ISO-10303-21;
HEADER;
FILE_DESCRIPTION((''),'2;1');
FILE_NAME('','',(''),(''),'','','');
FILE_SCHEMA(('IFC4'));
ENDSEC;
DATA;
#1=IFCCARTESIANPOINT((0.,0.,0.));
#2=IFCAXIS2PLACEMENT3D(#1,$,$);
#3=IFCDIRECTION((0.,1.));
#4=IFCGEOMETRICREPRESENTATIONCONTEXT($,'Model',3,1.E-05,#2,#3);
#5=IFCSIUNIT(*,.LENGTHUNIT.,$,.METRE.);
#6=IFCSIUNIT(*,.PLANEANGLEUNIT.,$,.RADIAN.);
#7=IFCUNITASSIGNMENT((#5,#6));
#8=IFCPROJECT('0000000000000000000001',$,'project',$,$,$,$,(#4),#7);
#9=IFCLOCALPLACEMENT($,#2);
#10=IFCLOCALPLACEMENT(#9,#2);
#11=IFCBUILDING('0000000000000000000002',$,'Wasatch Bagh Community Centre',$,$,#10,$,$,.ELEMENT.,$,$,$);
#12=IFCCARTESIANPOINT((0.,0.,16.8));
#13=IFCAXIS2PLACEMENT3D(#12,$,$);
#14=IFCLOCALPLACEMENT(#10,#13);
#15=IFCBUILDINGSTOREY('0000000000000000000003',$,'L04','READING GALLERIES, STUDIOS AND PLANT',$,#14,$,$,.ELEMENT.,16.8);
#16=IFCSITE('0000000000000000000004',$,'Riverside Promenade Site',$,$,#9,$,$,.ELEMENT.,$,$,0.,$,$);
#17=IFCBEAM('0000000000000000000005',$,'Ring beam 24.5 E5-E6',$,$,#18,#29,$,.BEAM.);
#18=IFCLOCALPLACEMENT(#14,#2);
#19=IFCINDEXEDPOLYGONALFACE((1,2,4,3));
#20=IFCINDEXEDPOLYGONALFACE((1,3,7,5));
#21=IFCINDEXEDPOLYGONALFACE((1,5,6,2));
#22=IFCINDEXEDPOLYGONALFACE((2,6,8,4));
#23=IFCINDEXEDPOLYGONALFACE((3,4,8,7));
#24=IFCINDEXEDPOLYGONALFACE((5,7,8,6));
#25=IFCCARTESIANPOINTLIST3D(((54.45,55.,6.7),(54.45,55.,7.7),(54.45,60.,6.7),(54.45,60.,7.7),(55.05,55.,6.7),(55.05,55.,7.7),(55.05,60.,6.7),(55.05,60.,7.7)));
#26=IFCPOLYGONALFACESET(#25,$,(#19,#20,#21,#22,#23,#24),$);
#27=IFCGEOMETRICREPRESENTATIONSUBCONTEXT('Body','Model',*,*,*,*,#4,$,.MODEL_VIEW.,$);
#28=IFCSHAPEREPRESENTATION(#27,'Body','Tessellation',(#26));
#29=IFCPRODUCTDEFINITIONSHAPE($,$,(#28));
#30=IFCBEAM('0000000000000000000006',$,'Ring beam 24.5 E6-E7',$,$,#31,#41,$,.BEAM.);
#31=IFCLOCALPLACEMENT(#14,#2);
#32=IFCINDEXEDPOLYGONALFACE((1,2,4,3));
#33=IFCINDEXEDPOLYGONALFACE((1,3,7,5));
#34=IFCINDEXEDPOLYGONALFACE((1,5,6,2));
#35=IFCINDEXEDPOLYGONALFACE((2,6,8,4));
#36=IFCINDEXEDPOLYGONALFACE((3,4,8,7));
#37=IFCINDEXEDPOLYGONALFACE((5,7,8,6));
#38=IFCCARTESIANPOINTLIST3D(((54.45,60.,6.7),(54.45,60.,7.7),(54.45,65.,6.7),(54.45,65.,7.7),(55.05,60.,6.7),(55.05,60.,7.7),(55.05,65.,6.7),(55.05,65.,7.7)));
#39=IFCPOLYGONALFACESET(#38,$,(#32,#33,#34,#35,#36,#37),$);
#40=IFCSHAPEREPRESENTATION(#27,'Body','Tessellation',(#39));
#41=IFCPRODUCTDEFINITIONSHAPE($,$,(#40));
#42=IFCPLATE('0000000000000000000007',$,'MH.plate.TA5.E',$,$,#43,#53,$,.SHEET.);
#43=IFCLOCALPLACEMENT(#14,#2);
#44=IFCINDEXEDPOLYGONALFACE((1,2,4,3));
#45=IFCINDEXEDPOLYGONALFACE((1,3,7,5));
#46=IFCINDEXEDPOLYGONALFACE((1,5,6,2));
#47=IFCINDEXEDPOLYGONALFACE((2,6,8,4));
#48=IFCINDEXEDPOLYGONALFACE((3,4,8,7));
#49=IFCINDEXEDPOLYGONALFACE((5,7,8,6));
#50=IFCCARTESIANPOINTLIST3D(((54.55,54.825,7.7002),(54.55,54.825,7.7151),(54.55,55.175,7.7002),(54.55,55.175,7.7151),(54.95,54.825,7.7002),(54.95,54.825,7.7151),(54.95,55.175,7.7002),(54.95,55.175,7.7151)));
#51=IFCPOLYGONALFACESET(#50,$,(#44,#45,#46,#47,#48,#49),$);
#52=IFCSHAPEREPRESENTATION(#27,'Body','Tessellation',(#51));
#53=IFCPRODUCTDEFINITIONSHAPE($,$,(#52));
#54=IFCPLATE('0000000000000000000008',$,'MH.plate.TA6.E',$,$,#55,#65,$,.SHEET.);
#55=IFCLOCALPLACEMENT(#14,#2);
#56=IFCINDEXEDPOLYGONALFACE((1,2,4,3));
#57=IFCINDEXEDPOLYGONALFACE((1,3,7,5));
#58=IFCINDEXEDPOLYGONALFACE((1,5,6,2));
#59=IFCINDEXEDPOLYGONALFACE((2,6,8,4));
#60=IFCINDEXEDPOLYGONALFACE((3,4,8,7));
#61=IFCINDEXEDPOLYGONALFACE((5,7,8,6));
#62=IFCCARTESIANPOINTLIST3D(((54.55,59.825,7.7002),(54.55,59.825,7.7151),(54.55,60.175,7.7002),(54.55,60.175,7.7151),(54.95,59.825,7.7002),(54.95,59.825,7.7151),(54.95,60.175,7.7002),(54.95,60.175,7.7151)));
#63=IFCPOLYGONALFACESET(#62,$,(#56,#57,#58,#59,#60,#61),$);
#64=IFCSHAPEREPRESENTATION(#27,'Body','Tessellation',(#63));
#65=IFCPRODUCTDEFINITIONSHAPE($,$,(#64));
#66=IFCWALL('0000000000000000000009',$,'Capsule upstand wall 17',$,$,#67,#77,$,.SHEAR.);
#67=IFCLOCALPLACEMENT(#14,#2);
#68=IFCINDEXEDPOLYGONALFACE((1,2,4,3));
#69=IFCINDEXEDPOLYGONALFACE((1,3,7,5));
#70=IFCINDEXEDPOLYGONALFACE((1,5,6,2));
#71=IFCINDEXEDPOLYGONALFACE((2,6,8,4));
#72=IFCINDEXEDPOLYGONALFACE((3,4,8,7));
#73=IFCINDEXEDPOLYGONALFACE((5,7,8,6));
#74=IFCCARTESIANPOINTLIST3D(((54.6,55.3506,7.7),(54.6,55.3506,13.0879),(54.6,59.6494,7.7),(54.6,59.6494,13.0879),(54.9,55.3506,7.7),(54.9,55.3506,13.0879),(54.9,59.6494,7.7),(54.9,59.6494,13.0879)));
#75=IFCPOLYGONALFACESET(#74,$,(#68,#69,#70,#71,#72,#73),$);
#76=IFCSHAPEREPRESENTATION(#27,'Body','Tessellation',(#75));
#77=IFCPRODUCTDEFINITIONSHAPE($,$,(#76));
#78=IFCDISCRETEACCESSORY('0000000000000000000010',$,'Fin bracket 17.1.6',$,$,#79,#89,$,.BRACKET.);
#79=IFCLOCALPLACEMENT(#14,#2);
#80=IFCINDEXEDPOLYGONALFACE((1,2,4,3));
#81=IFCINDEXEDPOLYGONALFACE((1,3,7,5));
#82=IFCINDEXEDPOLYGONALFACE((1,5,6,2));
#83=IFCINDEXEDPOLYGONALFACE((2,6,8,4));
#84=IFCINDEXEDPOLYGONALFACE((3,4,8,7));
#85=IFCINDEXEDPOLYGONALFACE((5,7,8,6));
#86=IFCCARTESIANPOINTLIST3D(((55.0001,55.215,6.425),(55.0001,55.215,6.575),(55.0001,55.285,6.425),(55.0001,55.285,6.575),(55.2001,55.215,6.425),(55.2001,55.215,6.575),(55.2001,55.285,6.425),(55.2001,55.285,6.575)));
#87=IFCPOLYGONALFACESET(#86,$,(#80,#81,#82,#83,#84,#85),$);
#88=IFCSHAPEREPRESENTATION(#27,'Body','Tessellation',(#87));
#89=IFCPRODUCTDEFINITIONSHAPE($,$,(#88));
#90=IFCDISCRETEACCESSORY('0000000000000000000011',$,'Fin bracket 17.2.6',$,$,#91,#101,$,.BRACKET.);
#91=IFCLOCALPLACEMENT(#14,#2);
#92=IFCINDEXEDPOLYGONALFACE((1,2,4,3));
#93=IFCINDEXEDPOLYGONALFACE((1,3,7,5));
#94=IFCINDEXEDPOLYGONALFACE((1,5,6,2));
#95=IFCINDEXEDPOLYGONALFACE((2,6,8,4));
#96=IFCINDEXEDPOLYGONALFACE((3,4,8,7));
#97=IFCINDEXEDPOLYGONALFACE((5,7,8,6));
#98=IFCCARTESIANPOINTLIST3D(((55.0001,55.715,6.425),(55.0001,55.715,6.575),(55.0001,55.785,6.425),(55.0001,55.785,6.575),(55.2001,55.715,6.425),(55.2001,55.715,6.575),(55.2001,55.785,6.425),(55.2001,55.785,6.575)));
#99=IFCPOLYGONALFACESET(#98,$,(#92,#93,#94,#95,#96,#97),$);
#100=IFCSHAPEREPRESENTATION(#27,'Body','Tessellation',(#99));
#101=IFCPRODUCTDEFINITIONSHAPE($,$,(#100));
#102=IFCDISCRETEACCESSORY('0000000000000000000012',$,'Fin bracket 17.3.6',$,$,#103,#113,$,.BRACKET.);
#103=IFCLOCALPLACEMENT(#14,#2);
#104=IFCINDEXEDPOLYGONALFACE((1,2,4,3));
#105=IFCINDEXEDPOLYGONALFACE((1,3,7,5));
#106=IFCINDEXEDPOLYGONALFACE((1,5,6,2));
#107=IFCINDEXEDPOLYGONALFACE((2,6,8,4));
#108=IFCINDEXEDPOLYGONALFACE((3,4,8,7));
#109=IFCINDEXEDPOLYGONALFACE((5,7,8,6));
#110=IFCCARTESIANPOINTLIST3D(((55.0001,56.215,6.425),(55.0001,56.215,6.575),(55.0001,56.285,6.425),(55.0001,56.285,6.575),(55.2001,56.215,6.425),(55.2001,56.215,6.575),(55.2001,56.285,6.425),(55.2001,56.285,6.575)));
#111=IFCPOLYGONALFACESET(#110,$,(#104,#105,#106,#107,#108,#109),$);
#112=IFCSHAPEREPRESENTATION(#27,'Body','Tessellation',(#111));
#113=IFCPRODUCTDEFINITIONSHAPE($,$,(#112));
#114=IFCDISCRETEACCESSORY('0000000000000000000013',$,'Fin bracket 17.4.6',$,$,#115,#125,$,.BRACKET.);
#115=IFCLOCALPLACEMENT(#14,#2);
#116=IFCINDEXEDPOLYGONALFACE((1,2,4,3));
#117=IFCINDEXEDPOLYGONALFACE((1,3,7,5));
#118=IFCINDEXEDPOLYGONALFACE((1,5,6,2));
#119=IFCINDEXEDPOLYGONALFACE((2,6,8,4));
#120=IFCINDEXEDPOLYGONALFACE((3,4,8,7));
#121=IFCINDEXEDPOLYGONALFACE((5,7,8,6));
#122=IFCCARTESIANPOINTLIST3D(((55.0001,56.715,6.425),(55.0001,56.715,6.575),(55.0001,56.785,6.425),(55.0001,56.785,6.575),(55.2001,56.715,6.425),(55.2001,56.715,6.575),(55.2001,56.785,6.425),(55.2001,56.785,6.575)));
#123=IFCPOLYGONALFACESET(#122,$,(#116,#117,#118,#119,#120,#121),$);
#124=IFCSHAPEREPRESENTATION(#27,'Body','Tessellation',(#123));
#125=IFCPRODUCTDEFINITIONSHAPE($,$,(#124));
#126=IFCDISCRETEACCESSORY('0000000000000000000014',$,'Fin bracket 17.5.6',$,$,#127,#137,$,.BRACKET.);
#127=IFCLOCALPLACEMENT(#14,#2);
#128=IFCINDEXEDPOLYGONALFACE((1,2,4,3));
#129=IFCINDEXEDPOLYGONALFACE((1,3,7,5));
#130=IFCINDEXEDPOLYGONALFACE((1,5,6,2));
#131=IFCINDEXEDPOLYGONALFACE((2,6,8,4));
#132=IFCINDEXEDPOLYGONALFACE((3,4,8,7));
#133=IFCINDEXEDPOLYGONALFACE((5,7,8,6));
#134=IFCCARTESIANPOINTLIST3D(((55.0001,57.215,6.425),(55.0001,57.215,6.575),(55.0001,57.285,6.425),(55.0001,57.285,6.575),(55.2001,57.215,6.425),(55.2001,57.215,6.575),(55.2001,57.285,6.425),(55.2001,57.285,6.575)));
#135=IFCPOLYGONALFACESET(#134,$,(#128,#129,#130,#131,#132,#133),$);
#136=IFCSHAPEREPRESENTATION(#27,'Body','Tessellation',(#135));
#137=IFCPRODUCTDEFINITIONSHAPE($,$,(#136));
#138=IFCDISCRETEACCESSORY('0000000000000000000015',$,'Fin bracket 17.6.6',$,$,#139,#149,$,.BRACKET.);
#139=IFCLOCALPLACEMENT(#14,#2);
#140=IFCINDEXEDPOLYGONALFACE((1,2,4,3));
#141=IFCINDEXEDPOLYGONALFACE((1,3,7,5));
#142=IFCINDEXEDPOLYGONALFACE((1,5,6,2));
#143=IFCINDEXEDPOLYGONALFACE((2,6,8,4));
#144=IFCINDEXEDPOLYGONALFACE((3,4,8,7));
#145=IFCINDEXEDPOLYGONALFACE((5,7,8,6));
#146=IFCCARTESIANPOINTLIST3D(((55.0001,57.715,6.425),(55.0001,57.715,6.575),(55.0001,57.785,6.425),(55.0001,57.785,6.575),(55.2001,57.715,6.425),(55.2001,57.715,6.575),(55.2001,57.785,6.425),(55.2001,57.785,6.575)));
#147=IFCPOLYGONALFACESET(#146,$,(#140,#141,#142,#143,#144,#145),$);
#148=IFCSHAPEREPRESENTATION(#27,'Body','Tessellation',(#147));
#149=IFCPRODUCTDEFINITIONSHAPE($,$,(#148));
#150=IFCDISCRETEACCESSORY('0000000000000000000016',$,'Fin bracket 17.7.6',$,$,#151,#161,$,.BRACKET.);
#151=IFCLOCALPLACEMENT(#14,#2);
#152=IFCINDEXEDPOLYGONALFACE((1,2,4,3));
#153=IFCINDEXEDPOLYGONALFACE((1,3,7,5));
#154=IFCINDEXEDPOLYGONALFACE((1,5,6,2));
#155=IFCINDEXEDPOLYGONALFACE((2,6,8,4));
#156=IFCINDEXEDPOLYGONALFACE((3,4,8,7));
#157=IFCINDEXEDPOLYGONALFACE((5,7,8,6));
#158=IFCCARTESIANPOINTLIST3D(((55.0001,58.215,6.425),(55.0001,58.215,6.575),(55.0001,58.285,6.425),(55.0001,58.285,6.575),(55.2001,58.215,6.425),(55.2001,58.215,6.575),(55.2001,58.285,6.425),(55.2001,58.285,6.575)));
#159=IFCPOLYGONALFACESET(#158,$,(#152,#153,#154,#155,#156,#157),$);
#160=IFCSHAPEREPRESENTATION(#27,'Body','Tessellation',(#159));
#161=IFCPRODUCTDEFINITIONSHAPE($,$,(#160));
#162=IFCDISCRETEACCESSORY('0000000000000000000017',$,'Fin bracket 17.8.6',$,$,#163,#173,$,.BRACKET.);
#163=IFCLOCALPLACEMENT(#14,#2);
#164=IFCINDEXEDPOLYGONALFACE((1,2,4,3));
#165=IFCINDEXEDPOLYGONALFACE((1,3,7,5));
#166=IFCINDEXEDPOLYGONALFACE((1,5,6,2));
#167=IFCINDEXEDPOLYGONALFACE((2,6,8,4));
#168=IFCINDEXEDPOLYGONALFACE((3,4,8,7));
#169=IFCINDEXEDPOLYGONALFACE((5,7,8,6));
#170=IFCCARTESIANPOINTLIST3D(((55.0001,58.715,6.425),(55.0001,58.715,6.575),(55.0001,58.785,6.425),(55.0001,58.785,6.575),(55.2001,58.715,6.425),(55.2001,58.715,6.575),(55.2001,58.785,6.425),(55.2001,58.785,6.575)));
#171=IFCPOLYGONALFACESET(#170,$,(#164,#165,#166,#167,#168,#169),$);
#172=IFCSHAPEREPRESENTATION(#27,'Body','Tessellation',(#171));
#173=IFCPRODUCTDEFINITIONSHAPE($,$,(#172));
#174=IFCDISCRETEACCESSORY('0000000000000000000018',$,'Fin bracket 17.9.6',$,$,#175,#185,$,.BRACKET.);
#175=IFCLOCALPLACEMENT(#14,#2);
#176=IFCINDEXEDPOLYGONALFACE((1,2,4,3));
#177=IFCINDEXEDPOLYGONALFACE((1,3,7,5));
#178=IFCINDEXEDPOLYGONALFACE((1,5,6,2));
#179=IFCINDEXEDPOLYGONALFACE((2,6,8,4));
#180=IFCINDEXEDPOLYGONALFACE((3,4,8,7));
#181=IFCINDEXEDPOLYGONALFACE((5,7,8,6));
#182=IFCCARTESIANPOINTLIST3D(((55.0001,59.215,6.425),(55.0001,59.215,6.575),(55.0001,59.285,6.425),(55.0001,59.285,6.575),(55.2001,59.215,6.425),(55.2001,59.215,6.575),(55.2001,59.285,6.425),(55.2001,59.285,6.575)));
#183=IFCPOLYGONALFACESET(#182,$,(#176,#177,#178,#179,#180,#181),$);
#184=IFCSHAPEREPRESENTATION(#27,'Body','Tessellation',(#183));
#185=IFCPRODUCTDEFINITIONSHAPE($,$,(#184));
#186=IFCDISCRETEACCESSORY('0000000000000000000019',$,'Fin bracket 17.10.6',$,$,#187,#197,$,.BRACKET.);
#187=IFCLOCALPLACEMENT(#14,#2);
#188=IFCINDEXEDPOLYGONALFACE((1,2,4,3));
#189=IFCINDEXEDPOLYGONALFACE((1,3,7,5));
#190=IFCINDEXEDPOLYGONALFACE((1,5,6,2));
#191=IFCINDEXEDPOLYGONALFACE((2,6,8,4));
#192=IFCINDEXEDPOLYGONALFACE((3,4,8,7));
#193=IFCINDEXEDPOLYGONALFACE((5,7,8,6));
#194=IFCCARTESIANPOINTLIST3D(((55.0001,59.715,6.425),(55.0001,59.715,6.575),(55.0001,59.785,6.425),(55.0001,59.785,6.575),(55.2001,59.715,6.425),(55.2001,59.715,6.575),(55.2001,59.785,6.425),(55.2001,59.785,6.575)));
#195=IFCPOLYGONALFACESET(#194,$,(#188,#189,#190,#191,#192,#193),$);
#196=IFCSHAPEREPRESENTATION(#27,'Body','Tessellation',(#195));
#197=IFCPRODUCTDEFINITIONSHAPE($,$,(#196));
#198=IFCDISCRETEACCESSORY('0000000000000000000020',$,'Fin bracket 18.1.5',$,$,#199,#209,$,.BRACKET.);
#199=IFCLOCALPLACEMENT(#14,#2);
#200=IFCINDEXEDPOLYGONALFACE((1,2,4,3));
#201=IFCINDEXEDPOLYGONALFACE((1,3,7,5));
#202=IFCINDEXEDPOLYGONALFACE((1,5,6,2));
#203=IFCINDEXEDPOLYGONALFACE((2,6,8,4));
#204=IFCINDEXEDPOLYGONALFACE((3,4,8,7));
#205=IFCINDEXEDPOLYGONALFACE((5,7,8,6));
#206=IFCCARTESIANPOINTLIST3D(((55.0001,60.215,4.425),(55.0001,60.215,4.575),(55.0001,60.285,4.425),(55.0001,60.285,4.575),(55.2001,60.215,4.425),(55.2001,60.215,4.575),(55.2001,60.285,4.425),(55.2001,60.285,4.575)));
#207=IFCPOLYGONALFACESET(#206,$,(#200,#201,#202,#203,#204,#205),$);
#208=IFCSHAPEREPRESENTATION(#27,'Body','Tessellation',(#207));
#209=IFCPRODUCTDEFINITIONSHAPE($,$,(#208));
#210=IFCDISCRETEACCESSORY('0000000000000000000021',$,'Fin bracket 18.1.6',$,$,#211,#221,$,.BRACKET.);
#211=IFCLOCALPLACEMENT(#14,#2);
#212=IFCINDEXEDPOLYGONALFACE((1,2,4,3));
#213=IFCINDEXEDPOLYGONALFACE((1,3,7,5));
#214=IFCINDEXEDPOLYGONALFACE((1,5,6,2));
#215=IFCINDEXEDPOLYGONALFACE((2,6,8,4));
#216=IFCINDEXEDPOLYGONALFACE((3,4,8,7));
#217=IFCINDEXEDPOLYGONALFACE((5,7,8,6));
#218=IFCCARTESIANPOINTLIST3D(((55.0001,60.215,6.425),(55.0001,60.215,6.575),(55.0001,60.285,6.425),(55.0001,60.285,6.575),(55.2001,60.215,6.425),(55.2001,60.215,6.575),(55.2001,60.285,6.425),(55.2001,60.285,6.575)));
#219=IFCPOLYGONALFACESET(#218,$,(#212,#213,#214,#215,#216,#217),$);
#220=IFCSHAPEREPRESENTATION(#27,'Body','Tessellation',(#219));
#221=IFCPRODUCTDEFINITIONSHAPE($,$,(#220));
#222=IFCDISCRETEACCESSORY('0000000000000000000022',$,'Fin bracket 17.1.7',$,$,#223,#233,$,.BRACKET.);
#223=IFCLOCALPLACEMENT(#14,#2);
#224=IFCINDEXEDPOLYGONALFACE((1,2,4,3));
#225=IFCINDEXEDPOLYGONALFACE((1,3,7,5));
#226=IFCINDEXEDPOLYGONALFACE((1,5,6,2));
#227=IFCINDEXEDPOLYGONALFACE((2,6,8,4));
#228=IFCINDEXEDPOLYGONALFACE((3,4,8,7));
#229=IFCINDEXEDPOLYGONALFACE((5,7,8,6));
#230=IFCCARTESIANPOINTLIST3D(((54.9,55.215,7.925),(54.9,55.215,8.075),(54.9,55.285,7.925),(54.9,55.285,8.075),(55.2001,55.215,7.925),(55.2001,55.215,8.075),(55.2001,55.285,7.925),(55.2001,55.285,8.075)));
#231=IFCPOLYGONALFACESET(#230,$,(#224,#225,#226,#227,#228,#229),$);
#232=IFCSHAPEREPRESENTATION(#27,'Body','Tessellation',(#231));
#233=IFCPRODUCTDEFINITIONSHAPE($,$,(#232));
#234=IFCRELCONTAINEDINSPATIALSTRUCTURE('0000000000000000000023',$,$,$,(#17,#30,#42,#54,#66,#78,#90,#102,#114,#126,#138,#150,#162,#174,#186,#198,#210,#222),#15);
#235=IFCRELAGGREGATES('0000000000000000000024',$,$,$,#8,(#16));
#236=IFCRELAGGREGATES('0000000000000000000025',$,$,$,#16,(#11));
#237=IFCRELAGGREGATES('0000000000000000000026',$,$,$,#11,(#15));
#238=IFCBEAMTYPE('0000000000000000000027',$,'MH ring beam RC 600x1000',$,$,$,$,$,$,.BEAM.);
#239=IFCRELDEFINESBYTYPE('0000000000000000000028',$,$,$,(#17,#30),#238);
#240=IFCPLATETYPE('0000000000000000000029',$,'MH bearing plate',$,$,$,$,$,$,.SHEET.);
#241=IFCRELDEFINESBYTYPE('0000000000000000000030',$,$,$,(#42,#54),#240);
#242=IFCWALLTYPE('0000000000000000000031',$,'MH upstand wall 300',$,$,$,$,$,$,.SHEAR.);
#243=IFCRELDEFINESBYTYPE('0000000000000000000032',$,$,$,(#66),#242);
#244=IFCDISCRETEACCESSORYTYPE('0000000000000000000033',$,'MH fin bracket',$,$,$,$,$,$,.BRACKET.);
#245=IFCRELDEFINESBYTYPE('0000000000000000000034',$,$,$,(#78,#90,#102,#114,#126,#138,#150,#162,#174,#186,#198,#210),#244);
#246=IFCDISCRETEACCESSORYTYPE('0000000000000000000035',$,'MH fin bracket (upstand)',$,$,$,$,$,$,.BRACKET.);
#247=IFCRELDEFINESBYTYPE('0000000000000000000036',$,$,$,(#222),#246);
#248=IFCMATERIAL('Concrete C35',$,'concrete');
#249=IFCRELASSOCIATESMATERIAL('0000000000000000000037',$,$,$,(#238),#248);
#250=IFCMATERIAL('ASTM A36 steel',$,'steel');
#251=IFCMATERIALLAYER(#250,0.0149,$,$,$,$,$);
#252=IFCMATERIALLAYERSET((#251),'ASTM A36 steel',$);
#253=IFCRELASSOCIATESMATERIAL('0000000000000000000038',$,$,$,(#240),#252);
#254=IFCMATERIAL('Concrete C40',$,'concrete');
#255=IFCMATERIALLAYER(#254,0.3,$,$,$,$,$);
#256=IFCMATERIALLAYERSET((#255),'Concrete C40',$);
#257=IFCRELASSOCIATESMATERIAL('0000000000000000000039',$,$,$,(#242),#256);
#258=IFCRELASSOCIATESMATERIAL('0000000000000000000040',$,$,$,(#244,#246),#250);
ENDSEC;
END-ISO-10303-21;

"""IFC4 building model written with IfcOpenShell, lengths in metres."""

from ifc_helpers import new_model, si_unit, direction, frame, frame_2d, origin, origin_2d, place, context, subcontext, project, spatial, rectangle, extrude, material, layer, layer_set, material_profile, profile_set, type_object, element, save


model = new_model("IFC4")

# Units and contexts
model_context = context("Model", 3, precision=1e-05, world=origin(), true_north=direction((0.0, 1.0)))
body_context = subcontext(model_context, "Body", "Model", "MODEL_VIEW")
ifc_project = project(units=[si_unit("LENGTHUNIT", "METRE"), si_unit("PLANEANGLEUNIT", "RADIAN")], contexts=[model_context])

# Site, building, storey
site_placement = place(None, origin())
site = spatial("IfcSite", under=ifc_project, at=site_placement, Name="Riverside Promenade Site", CompositionType="ELEMENT", RefElevation=0.0)
building_placement = place(site_placement, origin())
building = spatial("IfcBuilding", under=site, at=building_placement, Name="Wasatch Bagh Community Centre", CompositionType="ELEMENT")
storey_placement = place(building_placement, frame((0.0, 0.0, 16.8)))
storey = spatial("IfcBuildingStorey", under=building, at=storey_placement, Name="L04", Description="READING GALLERIES, STUDIOS AND PLANT", CompositionType="ELEMENT", Elevation=16.8)

# Beams
ifc_material_1 = material(Name="Concrete C35", Category="concrete")
ifc_material_profile = material_profile(ifc_material_1, rectangle(XDim=0.6001, YDim=1.0, at=origin_2d()), Name="RC 600x1000")
ifc_profile_set = profile_set([ifc_material_profile], Name="Concrete C35")
beam_type = type_object("IfcBeamType", Name="MH ring beam RC 600x1000", PredefinedType="BEAM", material=ifc_profile_set)
for number, where, z_axis, x_axis, name in (
    (1, (54.75, 55.0, 7.2), (0.0, 1.0, 0.0), (-1.0, 0.0, 0.0), "Ring beam 24.5 E5-E6"),
    (2, (54.75, 60.0, 7.2), (0.0, 1.0, 0.0), (-1.0, 0.0, 0.0), "Ring beam 24.5 E6-E7"),
):
    element("IfcBeam", number, at=place(storey_placement, frame(where, z_axis=z_axis, x_axis=x_axis)), inside=storey, type_object=beam_type, Name=name, PredefinedType="BEAM", context=body_context, shape_type="SweptSolid", body=[
        extrude(rectangle(XDim=0.6001, YDim=1.0, at=origin_2d()), origin(), (0.0, 0.0, 1.0), 5.0),
    ])

# Plates
ifc_material_2 = material(Name="ASTM A36 steel", Category="steel")
ifc_layer_1 = layer(ifc_material_2, 0.0149)
ifc_layer_set_1 = layer_set([ifc_layer_1], Name="ASTM A36 steel")
plate_type = type_object("IfcPlateType", Name="MH bearing plate", PredefinedType="SHEET", material=ifc_layer_set_1)
for number, where, z_axis, x_axis, name in (
    (3, (54.75, 55.0, 7.7002), (0.0, 0.0, 1.0), (1.0, 0.0, 0.0), "MH.plate.TA5.E"),
    (4, (54.75, 60.0, 7.7002), (0.0, 0.0, 1.0), (1.0, 0.0, 0.0), "MH.plate.TA6.E"),
):
    element("IfcPlate", number, at=place(storey_placement, frame(where, z_axis=z_axis, x_axis=x_axis)), inside=storey, type_object=plate_type, Name=name, PredefinedType="SHEET", context=body_context, shape_type="SweptSolid", body=[
        extrude(rectangle(XDim=0.3999, YDim=0.3501, at=origin_2d()), origin(), (0.0, 0.0, 1.0), 0.0149),
    ])

# Wall
ifc_material_3 = material(Name="Concrete C40", Category="concrete")
ifc_layer_2 = layer(ifc_material_3, 0.3)
ifc_layer_set_2 = layer_set([ifc_layer_2], Name="Concrete C40")
wall_type = type_object("IfcWallType", Name="MH upstand wall 300", PredefinedType="SHEAR", material=ifc_layer_set_2)
wall_placement = place(storey_placement, frame((54.75, 55.3506, 7.7), z_axis=(0.0, 0.0, 1.0), x_axis=(0.0, 1.0, 0.0)))
element("IfcWall", 5, at=wall_placement, inside=storey, type_object=wall_type, Name="Capsule upstand wall 17", PredefinedType="SHEAR", context=body_context, shape_type="SweptSolid", body=[
    extrude(rectangle(XDim=4.2988, YDim=0.3, at=frame_2d((2.1494, 0.0))), origin(), (0.0, 0.0, 1.0), 5.3879),
])

# Discrete accessories
discrete_accessory_type_1 = type_object("IfcDiscreteAccessoryType", Name="MH fin bracket", PredefinedType="BRACKET", material=ifc_material_2)
for number, where, z_axis, x_axis, name in (
    (6, (55.1001, 55.25, 6.425), (0.0, 0.0, 1.0), (0.0, 1.0, 0.0), "Fin bracket 17.1.6"),
    (7, (55.1001, 55.75, 6.425), (0.0, 0.0, 1.0), (0.0, 1.0, 0.0), "Fin bracket 17.2.6"),
    (8, (55.1001, 56.25, 6.425), (0.0, 0.0, 1.0), (0.0, 1.0, 0.0), "Fin bracket 17.3.6"),
    (9, (55.1001, 56.75, 6.425), (0.0, 0.0, 1.0), (0.0, 1.0, 0.0), "Fin bracket 17.4.6"),
    (10, (55.1001, 57.25, 6.425), (0.0, 0.0, 1.0), (0.0, 1.0, 0.0), "Fin bracket 17.5.6"),
    (11, (55.1001, 57.75, 6.425), (0.0, 0.0, 1.0), (0.0, 1.0, 0.0), "Fin bracket 17.6.6"),
    (12, (55.1001, 58.25, 6.425), (0.0, 0.0, 1.0), (0.0, 1.0, 0.0), "Fin bracket 17.7.6"),
    (13, (55.1001, 58.75, 6.425), (0.0, 0.0, 1.0), (0.0, 1.0, 0.0), "Fin bracket 17.8.6"),
    (14, (55.1001, 59.25, 6.425), (0.0, 0.0, 1.0), (0.0, 1.0, 0.0), "Fin bracket 17.9.6"),
    (15, (55.1001, 59.75, 6.425), (0.0, 0.0, 1.0), (0.0, 1.0, 0.0), "Fin bracket 17.10.6"),
    (16, (55.1001, 60.25, 4.425), (0.0, 0.0, 1.0), (0.0, 1.0, 0.0), "Fin bracket 18.1.5"),
    (17, (55.1001, 60.25, 6.425), (0.0, 0.0, 1.0), (0.0, 1.0, 0.0), "Fin bracket 18.1.6"),
):
    element("IfcDiscreteAccessory", number, at=place(storey_placement, frame(where, z_axis=z_axis, x_axis=x_axis)), inside=storey, type_object=discrete_accessory_type_1, Name=name, PredefinedType="BRACKET", context=body_context, shape_type="SweptSolid", body=[
        extrude(rectangle(XDim=0.0701, YDim=0.2, at=origin_2d()), origin(), (0.0, 0.0, 1.0), 0.1499),
    ])
discrete_accessory_type_2 = type_object("IfcDiscreteAccessoryType", Name="MH fin bracket (upstand)", PredefinedType="BRACKET", material=ifc_material_2)
for number, where, z_axis, x_axis, name in (
    (18, (55.05, 55.25, 7.925), (0.0, 0.0, 1.0), (0.0, 1.0, 0.0), "Fin bracket 17.1.7"),
):
    element("IfcDiscreteAccessory", number, at=place(storey_placement, frame(where, z_axis=z_axis, x_axis=x_axis)), inside=storey, type_object=discrete_accessory_type_2, Name=name, PredefinedType="BRACKET", context=body_context, shape_type="SweptSolid", body=[
        extrude(rectangle(XDim=0.0701, YDim=0.3, at=origin_2d()), origin(), (0.0, 0.0, 1.0), 0.1499),
    ])

save(model, "model.ifc")
